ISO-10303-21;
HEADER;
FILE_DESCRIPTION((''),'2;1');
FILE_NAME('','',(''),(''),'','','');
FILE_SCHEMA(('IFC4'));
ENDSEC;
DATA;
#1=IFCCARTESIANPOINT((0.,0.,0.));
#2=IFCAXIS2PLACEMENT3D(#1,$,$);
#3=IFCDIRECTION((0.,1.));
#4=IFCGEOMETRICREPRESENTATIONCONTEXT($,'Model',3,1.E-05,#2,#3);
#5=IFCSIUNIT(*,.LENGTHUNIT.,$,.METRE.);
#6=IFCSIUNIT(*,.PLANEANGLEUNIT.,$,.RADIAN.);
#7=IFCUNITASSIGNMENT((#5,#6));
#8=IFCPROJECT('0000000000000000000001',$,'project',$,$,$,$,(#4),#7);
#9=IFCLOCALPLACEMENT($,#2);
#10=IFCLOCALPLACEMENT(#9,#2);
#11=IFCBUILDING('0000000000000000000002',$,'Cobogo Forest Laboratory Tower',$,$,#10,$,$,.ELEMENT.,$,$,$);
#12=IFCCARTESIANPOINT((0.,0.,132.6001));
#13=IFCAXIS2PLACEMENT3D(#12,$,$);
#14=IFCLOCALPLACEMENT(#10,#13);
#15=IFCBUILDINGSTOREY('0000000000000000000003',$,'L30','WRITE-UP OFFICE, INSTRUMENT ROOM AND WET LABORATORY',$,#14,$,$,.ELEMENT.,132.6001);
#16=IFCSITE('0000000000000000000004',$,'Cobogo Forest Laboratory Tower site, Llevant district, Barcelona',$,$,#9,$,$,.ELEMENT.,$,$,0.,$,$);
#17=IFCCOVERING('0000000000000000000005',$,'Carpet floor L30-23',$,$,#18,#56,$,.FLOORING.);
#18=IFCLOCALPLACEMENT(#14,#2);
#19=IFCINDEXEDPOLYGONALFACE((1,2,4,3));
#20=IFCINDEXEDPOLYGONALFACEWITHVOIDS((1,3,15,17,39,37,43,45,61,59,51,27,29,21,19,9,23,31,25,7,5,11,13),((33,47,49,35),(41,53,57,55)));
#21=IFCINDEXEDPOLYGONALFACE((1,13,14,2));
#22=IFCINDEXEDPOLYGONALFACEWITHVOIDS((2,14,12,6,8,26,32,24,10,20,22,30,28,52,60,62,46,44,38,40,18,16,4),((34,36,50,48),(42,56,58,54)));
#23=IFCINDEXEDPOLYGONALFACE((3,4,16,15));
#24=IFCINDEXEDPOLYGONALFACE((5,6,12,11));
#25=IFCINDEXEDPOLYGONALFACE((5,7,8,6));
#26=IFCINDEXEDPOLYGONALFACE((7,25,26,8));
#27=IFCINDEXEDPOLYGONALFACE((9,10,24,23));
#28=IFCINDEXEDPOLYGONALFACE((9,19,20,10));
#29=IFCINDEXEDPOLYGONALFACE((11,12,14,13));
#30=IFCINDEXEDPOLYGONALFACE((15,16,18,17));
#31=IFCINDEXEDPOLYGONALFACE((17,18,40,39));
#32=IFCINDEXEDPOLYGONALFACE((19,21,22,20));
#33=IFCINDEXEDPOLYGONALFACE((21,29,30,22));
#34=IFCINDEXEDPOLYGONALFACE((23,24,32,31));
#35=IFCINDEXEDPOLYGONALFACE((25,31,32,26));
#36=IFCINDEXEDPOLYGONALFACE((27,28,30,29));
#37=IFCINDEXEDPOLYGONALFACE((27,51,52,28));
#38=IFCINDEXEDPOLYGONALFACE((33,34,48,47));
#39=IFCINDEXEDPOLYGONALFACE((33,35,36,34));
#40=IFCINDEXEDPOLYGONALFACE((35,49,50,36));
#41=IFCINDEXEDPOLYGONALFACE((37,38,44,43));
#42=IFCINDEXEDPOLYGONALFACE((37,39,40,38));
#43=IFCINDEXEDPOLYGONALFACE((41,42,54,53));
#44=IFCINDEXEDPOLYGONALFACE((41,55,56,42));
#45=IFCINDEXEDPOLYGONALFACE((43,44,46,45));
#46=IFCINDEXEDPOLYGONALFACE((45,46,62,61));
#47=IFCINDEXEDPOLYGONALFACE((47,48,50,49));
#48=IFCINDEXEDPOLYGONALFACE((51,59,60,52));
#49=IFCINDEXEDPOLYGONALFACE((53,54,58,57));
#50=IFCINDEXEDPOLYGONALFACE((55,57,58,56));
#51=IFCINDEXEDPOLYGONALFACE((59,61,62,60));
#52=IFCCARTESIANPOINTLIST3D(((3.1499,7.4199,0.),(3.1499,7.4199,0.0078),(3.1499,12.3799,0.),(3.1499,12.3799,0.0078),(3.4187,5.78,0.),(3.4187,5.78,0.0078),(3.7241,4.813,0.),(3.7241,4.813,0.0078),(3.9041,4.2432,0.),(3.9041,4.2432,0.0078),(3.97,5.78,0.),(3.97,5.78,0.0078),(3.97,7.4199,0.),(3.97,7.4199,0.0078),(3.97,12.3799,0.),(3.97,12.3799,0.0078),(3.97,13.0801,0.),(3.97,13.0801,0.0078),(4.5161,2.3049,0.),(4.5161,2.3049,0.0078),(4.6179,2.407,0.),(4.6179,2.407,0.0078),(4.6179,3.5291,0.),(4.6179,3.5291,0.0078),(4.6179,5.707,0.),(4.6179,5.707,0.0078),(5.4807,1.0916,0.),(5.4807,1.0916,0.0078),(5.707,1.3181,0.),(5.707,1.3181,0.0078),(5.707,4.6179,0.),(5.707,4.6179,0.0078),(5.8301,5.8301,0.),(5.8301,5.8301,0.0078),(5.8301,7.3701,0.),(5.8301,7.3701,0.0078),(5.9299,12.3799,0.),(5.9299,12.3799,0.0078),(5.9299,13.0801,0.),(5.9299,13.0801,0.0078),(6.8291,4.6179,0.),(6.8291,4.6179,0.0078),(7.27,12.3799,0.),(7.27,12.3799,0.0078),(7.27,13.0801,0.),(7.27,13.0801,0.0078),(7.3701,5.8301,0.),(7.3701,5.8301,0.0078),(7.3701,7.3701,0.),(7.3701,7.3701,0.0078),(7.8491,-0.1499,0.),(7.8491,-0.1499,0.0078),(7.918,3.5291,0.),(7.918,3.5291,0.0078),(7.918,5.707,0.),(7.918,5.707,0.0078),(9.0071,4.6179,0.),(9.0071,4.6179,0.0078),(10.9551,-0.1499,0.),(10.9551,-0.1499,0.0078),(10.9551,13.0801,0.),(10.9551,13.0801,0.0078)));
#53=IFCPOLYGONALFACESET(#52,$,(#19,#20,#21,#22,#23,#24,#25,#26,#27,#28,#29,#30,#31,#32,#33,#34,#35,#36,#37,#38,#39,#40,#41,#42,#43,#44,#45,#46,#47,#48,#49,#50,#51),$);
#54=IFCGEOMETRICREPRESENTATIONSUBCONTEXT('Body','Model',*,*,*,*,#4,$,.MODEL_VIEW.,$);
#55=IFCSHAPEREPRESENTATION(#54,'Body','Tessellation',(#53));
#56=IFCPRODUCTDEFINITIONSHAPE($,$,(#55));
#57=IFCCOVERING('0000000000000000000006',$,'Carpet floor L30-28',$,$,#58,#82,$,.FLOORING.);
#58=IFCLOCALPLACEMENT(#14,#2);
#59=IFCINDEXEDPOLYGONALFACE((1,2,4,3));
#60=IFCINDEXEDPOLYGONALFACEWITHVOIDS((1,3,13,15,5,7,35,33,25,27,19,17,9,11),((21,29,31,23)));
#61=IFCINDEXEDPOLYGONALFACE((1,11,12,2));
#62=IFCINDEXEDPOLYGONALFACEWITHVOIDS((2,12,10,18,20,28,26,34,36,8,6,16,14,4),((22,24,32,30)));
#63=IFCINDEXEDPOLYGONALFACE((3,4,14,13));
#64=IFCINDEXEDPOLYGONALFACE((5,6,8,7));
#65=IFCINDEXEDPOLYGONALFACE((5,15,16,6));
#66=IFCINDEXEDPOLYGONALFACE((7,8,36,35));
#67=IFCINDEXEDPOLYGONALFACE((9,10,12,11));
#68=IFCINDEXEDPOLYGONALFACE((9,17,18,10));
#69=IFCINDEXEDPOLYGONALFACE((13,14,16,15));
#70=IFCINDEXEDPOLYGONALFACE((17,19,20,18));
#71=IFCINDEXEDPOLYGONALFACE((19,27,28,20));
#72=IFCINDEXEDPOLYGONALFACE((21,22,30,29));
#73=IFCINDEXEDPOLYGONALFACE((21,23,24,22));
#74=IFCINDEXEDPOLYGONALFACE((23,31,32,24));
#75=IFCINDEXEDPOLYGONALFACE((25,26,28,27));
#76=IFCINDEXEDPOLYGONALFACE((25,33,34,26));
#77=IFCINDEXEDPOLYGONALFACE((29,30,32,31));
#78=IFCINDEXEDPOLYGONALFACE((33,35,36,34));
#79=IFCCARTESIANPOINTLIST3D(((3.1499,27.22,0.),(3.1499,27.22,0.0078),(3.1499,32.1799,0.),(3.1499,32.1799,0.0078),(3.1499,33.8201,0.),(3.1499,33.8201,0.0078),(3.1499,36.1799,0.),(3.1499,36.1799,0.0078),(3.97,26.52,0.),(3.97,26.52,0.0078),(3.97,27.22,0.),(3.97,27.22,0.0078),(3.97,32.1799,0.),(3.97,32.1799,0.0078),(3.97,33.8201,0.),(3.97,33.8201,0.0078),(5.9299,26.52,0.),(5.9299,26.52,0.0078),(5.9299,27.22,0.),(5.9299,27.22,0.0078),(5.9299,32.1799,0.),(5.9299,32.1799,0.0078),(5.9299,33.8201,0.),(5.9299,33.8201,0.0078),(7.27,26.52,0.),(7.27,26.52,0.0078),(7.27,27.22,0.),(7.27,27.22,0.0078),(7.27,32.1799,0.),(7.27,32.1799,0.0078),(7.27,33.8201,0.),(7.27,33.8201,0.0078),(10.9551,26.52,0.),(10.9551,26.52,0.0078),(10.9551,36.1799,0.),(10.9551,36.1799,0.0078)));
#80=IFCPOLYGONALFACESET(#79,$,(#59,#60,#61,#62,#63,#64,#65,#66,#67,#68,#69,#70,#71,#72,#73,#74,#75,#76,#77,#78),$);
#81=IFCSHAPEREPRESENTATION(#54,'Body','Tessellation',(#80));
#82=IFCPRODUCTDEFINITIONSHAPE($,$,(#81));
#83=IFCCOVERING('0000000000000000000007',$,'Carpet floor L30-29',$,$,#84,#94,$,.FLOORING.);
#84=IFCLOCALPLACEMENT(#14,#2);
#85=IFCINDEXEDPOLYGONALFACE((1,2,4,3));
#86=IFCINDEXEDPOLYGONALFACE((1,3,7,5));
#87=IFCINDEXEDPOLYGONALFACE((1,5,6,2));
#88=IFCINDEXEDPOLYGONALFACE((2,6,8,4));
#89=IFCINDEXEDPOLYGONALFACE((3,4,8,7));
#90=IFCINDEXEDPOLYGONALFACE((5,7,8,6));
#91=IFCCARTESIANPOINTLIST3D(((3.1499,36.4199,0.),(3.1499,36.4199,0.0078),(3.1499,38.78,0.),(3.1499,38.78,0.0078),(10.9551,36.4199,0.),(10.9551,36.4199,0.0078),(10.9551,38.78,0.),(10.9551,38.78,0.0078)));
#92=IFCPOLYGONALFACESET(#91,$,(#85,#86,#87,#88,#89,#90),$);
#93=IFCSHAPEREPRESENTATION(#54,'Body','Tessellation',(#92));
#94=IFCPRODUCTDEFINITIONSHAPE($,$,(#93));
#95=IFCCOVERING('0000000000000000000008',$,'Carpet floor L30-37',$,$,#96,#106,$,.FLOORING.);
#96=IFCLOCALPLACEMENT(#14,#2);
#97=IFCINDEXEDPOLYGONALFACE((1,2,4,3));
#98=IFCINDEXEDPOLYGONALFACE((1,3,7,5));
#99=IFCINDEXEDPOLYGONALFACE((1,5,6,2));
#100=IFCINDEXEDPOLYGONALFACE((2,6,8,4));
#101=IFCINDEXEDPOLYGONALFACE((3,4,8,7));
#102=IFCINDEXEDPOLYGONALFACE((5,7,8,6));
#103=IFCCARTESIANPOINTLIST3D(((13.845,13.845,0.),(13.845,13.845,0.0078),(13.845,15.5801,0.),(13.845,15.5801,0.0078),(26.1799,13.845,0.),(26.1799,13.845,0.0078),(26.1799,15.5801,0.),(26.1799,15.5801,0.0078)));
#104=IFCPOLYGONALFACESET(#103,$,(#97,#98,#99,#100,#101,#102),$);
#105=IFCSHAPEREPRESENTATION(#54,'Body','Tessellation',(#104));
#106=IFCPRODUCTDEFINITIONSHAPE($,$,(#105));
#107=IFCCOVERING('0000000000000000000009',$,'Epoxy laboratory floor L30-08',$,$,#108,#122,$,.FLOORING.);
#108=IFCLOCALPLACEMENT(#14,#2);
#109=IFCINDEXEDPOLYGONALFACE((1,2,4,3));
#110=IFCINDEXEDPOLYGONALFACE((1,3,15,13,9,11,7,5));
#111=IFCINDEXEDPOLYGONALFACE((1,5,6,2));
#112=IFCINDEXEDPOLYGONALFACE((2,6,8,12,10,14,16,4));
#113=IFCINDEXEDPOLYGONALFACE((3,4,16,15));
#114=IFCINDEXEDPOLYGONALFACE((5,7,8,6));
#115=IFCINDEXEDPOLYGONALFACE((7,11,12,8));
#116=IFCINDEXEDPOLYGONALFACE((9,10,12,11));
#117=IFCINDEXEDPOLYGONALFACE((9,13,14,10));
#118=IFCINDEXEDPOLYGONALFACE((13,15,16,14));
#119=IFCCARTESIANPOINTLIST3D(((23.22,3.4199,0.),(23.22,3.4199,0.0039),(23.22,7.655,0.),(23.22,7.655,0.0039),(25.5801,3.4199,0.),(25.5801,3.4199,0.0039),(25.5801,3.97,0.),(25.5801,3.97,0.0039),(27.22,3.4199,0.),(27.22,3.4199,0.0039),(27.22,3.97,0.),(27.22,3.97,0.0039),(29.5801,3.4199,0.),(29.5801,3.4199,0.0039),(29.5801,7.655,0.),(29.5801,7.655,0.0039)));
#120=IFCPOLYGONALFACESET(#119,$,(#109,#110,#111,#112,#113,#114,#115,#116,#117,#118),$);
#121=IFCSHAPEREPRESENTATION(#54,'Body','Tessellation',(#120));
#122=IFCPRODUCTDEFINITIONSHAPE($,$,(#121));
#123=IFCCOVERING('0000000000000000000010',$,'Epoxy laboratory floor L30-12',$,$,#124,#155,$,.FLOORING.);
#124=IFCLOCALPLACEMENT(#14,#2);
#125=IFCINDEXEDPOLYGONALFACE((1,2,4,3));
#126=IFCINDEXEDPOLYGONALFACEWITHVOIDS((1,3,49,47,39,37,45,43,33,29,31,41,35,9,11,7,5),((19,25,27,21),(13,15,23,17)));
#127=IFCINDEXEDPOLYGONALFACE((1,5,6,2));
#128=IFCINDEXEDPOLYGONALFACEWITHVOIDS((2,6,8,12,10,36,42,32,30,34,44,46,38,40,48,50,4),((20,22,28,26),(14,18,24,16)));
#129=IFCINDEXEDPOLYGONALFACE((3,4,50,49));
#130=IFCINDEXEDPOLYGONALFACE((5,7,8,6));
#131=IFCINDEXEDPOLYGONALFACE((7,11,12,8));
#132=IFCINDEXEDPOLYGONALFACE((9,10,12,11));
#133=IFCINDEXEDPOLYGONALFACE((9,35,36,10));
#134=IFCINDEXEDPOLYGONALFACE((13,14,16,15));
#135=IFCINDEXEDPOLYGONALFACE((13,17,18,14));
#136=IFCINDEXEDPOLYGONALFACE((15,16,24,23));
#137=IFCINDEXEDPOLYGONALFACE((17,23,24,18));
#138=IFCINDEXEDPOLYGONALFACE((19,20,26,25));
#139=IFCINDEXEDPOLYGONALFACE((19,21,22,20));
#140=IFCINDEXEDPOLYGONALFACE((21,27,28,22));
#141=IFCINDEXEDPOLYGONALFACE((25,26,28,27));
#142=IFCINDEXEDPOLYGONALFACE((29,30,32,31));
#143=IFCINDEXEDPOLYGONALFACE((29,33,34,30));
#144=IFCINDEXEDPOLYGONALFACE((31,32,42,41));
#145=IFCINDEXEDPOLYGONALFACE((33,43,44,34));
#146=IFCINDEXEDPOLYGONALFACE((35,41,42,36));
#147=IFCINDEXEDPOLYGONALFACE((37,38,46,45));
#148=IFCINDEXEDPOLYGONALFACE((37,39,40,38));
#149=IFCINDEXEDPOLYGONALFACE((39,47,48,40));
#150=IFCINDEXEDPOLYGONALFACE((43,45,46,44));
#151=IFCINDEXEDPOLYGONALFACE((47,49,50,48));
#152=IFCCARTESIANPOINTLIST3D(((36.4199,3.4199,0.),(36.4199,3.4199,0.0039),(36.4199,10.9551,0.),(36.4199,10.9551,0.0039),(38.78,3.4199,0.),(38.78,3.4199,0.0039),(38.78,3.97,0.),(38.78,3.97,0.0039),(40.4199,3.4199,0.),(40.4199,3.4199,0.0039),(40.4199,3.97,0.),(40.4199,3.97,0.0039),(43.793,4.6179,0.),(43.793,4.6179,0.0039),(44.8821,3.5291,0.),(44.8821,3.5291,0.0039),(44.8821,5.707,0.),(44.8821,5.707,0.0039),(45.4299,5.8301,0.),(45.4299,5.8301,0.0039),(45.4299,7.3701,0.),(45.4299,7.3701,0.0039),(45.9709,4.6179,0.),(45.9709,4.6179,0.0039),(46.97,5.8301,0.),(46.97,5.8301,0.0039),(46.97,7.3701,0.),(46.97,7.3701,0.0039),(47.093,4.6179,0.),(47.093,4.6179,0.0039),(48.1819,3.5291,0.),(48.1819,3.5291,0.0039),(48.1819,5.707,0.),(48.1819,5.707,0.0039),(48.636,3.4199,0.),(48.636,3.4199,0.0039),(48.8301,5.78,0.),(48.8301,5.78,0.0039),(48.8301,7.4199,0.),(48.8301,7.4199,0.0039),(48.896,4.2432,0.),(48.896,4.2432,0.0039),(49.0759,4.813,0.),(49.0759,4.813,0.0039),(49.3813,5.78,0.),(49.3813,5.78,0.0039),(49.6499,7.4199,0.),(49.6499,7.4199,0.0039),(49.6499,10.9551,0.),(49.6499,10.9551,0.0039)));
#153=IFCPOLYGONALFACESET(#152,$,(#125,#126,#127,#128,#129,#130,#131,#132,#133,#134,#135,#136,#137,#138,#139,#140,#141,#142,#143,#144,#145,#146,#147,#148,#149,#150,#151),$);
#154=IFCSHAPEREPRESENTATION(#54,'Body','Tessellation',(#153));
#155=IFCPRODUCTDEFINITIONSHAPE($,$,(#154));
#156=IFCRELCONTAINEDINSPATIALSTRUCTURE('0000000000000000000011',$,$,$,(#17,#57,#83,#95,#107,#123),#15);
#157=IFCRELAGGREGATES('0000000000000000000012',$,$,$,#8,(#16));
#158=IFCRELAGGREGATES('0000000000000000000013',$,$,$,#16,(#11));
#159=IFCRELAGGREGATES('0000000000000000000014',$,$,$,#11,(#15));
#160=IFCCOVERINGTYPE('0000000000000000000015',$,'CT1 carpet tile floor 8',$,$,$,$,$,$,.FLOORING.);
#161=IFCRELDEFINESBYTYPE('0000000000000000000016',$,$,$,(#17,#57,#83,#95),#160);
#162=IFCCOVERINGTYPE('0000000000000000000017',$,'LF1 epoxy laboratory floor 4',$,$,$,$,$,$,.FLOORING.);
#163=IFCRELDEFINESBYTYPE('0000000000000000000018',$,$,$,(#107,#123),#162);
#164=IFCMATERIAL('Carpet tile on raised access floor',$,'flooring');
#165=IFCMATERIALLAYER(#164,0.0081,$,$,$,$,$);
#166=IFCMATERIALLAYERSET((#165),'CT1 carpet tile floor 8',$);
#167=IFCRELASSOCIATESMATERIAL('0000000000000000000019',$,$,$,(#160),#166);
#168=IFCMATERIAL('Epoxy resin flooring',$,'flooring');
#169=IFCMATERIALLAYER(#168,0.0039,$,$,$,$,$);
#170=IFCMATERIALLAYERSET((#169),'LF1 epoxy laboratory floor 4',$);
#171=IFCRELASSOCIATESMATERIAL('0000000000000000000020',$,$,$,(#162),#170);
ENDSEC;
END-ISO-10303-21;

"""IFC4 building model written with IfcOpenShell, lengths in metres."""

from ifc_helpers import new_model, si_unit, direction, frame, origin, place, context, subcontext, project, spatial, polyline, outline, extrude, material, layer, layer_set, type_object, element, save


model = new_model("IFC4")

# Units and contexts
model_context = context("Model", 3, precision=1e-05, world=origin(), true_north=direction((0.0, 1.0)))
body_context = subcontext(model_context, "Body", "Model", "MODEL_VIEW")
ifc_project = project(units=[si_unit("LENGTHUNIT", "METRE"), si_unit("PLANEANGLEUNIT", "RADIAN")], contexts=[model_context])

# Site, building, storey
site_placement = place(None, origin())
site = spatial("IfcSite", under=ifc_project, at=site_placement, Name="Cobogo Forest Laboratory Tower site, Llevant district, Barcelona", CompositionType="ELEMENT", RefElevation=0.0)
building_placement = place(site_placement, origin())
building = spatial("IfcBuilding", under=site, at=building_placement, Name="Cobogo Forest Laboratory Tower", CompositionType="ELEMENT")
storey_placement = place(building_placement, frame((0.0, 0.0, 132.6001)))
storey = spatial("IfcBuildingStorey", under=building, at=storey_placement, Name="L30", Description="WRITE-UP OFFICE, INSTRUMENT ROOM AND WET LABORATORY", CompositionType="ELEMENT", Elevation=132.6001)

# Coverings
ifc_material_1 = material(Name="Carpet tile on raised access floor", Category="flooring")
ifc_layer_1 = layer(ifc_material_1, 0.0081)
ifc_layer_set_1 = layer_set([ifc_layer_1], Name="CT1 carpet tile floor 8")
covering_type_1 = type_object("IfcCoveringType", Name="CT1 carpet tile floor 8", PredefinedType="FLOORING", material=ifc_layer_set_1)
covering_1_placement = place(storey_placement, origin())
element("IfcCovering", 1, at=covering_1_placement, inside=storey, type_object=covering_type_1, Name="Carpet floor L30-23", PredefinedType="FLOORING", context=body_context, shape_type="SweptSolid", body=[
    extrude(outline(polyline([(3.9041, 4.2432), (4.6179, 3.5291), (5.707, 4.6179), (4.6179, 5.707), (3.7241, 4.813), (3.4187, 5.78), (3.97, 5.78), (3.97, 7.4199), (3.1499, 7.4199), (3.1499, 12.3799), (3.97, 12.3799), (3.97, 13.0801), (5.9299, 13.0801), (5.9299, 12.3799), (7.27, 12.3799), (7.27, 13.0801), (10.9551, 13.0801), (10.9551, -0.1499), (7.8491, -0.1499), (5.4807, 1.0916), (5.707, 1.3181), (4.6179, 2.407), (4.5161, 2.3049), (3.9041, 4.2432)]), holes=[polyline([(6.8291, 4.6179), (7.918, 3.5291), (9.0071, 4.6179), (7.918, 5.707), (6.8291, 4.6179)]), polyline([(5.8301, 7.3701), (5.8301, 5.8301), (7.3701, 5.8301), (7.3701, 7.3701), (5.8301, 7.3701)])]), origin(), (0.0, 0.0, 1.0), 0.0078),
])
covering_2_placement = place(storey_placement, origin())
element("IfcCovering", 2, at=covering_2_placement, inside=storey, type_object=covering_type_1, Name="Carpet floor L30-28", PredefinedType="FLOORING", context=body_context, shape_type="SweptSolid", body=[
    extrude(outline(polyline([(10.9551, 26.52), (7.27, 26.52), (7.27, 27.22), (5.9299, 27.22), (5.9299, 26.52), (3.97, 26.52), (3.97, 27.22), (3.1499, 27.22), (3.1499, 32.1799), (3.97, 32.1799), (3.97, 33.8201), (3.1499, 33.8201), (3.1499, 36.1799), (10.9551, 36.1799), (10.9551, 26.52)]), holes=[polyline([(5.9299, 32.1799), (7.27, 32.1799), (7.27, 33.8201), (5.9299, 33.8201), (5.9299, 32.1799)])]), origin(), (0.0, 0.0, 1.0), 0.0078),
])
covering_3_placement = place(storey_placement, origin())
element("IfcCovering", 3, at=covering_3_placement, inside=storey, type_object=covering_type_1, Name="Carpet floor L30-29", PredefinedType="FLOORING", context=body_context, shape_type="SweptSolid", body=[
    extrude(outline(polyline([(10.9551, 36.4199), (3.1499, 36.4199), (3.1499, 38.78), (10.9551, 38.78), (10.9551, 36.4199)])), origin(), (0.0, 0.0, 1.0), 0.0078),
])
covering_4_placement = place(storey_placement, origin())
element("IfcCovering", 4, at=covering_4_placement, inside=storey, type_object=covering_type_1, Name="Carpet floor L30-37", PredefinedType="FLOORING", context=body_context, shape_type="SweptSolid", body=[
    extrude(outline(polyline([(26.1799, 13.845), (13.845, 13.845), (13.845, 15.5801), (26.1799, 15.5801), (26.1799, 13.845)])), origin(), (0.0, 0.0, 1.0), 0.0078),
])
ifc_material_2 = material(Name="Epoxy resin flooring", Category="flooring")
ifc_layer_2 = layer(ifc_material_2, 0.0039)
ifc_layer_set_2 = layer_set([ifc_layer_2], Name="LF1 epoxy laboratory floor 4")
covering_type_2 = type_object("IfcCoveringType", Name="LF1 epoxy laboratory floor 4", PredefinedType="FLOORING", material=ifc_layer_set_2)
covering_5_placement = place(storey_placement, origin())
element("IfcCovering", 5, at=covering_5_placement, inside=storey, type_object=covering_type_2, Name="Epoxy laboratory floor L30-08", PredefinedType="FLOORING", context=body_context, shape_type="SweptSolid", body=[
    extrude(outline(polyline([(23.22, 7.655), (29.5801, 7.655), (29.5801, 3.4199), (27.22, 3.4199), (27.22, 3.97), (25.5801, 3.97), (25.5801, 3.4199), (23.22, 3.4199), (23.22, 7.655)])), origin(), (0.0, 0.0, 1.0), 0.0039),
])
covering_6_placement = place(storey_placement, origin())
element("IfcCovering", 6, at=covering_6_placement, inside=storey, type_object=covering_type_2, Name="Epoxy laboratory floor L30-12", PredefinedType="FLOORING", context=body_context, shape_type="SweptSolid", body=[
    extrude(outline(polyline([(36.4199, 10.9551), (49.6499, 10.9551), (49.6499, 7.4199), (48.8301, 7.4199), (48.8301, 5.78), (49.3813, 5.78), (49.0759, 4.813), (48.1819, 5.707), (47.093, 4.6179), (48.1819, 3.5291), (48.896, 4.2432), (48.636, 3.4199), (40.4199, 3.4199), (40.4199, 3.97), (38.78, 3.97), (38.78, 3.4199), (36.4199, 3.4199), (36.4199, 10.9551)]), holes=[polyline([(45.4299, 5.8301), (46.97, 5.8301), (46.97, 7.3701), (45.4299, 7.3701), (45.4299, 5.8301)]), polyline([(43.793, 4.6179), (44.8821, 3.5291), (45.9709, 4.6179), (44.8821, 5.707), (43.793, 4.6179)])]), origin(), (0.0, 0.0, 1.0), 0.0039),
])

save(model, "model.ifc")
